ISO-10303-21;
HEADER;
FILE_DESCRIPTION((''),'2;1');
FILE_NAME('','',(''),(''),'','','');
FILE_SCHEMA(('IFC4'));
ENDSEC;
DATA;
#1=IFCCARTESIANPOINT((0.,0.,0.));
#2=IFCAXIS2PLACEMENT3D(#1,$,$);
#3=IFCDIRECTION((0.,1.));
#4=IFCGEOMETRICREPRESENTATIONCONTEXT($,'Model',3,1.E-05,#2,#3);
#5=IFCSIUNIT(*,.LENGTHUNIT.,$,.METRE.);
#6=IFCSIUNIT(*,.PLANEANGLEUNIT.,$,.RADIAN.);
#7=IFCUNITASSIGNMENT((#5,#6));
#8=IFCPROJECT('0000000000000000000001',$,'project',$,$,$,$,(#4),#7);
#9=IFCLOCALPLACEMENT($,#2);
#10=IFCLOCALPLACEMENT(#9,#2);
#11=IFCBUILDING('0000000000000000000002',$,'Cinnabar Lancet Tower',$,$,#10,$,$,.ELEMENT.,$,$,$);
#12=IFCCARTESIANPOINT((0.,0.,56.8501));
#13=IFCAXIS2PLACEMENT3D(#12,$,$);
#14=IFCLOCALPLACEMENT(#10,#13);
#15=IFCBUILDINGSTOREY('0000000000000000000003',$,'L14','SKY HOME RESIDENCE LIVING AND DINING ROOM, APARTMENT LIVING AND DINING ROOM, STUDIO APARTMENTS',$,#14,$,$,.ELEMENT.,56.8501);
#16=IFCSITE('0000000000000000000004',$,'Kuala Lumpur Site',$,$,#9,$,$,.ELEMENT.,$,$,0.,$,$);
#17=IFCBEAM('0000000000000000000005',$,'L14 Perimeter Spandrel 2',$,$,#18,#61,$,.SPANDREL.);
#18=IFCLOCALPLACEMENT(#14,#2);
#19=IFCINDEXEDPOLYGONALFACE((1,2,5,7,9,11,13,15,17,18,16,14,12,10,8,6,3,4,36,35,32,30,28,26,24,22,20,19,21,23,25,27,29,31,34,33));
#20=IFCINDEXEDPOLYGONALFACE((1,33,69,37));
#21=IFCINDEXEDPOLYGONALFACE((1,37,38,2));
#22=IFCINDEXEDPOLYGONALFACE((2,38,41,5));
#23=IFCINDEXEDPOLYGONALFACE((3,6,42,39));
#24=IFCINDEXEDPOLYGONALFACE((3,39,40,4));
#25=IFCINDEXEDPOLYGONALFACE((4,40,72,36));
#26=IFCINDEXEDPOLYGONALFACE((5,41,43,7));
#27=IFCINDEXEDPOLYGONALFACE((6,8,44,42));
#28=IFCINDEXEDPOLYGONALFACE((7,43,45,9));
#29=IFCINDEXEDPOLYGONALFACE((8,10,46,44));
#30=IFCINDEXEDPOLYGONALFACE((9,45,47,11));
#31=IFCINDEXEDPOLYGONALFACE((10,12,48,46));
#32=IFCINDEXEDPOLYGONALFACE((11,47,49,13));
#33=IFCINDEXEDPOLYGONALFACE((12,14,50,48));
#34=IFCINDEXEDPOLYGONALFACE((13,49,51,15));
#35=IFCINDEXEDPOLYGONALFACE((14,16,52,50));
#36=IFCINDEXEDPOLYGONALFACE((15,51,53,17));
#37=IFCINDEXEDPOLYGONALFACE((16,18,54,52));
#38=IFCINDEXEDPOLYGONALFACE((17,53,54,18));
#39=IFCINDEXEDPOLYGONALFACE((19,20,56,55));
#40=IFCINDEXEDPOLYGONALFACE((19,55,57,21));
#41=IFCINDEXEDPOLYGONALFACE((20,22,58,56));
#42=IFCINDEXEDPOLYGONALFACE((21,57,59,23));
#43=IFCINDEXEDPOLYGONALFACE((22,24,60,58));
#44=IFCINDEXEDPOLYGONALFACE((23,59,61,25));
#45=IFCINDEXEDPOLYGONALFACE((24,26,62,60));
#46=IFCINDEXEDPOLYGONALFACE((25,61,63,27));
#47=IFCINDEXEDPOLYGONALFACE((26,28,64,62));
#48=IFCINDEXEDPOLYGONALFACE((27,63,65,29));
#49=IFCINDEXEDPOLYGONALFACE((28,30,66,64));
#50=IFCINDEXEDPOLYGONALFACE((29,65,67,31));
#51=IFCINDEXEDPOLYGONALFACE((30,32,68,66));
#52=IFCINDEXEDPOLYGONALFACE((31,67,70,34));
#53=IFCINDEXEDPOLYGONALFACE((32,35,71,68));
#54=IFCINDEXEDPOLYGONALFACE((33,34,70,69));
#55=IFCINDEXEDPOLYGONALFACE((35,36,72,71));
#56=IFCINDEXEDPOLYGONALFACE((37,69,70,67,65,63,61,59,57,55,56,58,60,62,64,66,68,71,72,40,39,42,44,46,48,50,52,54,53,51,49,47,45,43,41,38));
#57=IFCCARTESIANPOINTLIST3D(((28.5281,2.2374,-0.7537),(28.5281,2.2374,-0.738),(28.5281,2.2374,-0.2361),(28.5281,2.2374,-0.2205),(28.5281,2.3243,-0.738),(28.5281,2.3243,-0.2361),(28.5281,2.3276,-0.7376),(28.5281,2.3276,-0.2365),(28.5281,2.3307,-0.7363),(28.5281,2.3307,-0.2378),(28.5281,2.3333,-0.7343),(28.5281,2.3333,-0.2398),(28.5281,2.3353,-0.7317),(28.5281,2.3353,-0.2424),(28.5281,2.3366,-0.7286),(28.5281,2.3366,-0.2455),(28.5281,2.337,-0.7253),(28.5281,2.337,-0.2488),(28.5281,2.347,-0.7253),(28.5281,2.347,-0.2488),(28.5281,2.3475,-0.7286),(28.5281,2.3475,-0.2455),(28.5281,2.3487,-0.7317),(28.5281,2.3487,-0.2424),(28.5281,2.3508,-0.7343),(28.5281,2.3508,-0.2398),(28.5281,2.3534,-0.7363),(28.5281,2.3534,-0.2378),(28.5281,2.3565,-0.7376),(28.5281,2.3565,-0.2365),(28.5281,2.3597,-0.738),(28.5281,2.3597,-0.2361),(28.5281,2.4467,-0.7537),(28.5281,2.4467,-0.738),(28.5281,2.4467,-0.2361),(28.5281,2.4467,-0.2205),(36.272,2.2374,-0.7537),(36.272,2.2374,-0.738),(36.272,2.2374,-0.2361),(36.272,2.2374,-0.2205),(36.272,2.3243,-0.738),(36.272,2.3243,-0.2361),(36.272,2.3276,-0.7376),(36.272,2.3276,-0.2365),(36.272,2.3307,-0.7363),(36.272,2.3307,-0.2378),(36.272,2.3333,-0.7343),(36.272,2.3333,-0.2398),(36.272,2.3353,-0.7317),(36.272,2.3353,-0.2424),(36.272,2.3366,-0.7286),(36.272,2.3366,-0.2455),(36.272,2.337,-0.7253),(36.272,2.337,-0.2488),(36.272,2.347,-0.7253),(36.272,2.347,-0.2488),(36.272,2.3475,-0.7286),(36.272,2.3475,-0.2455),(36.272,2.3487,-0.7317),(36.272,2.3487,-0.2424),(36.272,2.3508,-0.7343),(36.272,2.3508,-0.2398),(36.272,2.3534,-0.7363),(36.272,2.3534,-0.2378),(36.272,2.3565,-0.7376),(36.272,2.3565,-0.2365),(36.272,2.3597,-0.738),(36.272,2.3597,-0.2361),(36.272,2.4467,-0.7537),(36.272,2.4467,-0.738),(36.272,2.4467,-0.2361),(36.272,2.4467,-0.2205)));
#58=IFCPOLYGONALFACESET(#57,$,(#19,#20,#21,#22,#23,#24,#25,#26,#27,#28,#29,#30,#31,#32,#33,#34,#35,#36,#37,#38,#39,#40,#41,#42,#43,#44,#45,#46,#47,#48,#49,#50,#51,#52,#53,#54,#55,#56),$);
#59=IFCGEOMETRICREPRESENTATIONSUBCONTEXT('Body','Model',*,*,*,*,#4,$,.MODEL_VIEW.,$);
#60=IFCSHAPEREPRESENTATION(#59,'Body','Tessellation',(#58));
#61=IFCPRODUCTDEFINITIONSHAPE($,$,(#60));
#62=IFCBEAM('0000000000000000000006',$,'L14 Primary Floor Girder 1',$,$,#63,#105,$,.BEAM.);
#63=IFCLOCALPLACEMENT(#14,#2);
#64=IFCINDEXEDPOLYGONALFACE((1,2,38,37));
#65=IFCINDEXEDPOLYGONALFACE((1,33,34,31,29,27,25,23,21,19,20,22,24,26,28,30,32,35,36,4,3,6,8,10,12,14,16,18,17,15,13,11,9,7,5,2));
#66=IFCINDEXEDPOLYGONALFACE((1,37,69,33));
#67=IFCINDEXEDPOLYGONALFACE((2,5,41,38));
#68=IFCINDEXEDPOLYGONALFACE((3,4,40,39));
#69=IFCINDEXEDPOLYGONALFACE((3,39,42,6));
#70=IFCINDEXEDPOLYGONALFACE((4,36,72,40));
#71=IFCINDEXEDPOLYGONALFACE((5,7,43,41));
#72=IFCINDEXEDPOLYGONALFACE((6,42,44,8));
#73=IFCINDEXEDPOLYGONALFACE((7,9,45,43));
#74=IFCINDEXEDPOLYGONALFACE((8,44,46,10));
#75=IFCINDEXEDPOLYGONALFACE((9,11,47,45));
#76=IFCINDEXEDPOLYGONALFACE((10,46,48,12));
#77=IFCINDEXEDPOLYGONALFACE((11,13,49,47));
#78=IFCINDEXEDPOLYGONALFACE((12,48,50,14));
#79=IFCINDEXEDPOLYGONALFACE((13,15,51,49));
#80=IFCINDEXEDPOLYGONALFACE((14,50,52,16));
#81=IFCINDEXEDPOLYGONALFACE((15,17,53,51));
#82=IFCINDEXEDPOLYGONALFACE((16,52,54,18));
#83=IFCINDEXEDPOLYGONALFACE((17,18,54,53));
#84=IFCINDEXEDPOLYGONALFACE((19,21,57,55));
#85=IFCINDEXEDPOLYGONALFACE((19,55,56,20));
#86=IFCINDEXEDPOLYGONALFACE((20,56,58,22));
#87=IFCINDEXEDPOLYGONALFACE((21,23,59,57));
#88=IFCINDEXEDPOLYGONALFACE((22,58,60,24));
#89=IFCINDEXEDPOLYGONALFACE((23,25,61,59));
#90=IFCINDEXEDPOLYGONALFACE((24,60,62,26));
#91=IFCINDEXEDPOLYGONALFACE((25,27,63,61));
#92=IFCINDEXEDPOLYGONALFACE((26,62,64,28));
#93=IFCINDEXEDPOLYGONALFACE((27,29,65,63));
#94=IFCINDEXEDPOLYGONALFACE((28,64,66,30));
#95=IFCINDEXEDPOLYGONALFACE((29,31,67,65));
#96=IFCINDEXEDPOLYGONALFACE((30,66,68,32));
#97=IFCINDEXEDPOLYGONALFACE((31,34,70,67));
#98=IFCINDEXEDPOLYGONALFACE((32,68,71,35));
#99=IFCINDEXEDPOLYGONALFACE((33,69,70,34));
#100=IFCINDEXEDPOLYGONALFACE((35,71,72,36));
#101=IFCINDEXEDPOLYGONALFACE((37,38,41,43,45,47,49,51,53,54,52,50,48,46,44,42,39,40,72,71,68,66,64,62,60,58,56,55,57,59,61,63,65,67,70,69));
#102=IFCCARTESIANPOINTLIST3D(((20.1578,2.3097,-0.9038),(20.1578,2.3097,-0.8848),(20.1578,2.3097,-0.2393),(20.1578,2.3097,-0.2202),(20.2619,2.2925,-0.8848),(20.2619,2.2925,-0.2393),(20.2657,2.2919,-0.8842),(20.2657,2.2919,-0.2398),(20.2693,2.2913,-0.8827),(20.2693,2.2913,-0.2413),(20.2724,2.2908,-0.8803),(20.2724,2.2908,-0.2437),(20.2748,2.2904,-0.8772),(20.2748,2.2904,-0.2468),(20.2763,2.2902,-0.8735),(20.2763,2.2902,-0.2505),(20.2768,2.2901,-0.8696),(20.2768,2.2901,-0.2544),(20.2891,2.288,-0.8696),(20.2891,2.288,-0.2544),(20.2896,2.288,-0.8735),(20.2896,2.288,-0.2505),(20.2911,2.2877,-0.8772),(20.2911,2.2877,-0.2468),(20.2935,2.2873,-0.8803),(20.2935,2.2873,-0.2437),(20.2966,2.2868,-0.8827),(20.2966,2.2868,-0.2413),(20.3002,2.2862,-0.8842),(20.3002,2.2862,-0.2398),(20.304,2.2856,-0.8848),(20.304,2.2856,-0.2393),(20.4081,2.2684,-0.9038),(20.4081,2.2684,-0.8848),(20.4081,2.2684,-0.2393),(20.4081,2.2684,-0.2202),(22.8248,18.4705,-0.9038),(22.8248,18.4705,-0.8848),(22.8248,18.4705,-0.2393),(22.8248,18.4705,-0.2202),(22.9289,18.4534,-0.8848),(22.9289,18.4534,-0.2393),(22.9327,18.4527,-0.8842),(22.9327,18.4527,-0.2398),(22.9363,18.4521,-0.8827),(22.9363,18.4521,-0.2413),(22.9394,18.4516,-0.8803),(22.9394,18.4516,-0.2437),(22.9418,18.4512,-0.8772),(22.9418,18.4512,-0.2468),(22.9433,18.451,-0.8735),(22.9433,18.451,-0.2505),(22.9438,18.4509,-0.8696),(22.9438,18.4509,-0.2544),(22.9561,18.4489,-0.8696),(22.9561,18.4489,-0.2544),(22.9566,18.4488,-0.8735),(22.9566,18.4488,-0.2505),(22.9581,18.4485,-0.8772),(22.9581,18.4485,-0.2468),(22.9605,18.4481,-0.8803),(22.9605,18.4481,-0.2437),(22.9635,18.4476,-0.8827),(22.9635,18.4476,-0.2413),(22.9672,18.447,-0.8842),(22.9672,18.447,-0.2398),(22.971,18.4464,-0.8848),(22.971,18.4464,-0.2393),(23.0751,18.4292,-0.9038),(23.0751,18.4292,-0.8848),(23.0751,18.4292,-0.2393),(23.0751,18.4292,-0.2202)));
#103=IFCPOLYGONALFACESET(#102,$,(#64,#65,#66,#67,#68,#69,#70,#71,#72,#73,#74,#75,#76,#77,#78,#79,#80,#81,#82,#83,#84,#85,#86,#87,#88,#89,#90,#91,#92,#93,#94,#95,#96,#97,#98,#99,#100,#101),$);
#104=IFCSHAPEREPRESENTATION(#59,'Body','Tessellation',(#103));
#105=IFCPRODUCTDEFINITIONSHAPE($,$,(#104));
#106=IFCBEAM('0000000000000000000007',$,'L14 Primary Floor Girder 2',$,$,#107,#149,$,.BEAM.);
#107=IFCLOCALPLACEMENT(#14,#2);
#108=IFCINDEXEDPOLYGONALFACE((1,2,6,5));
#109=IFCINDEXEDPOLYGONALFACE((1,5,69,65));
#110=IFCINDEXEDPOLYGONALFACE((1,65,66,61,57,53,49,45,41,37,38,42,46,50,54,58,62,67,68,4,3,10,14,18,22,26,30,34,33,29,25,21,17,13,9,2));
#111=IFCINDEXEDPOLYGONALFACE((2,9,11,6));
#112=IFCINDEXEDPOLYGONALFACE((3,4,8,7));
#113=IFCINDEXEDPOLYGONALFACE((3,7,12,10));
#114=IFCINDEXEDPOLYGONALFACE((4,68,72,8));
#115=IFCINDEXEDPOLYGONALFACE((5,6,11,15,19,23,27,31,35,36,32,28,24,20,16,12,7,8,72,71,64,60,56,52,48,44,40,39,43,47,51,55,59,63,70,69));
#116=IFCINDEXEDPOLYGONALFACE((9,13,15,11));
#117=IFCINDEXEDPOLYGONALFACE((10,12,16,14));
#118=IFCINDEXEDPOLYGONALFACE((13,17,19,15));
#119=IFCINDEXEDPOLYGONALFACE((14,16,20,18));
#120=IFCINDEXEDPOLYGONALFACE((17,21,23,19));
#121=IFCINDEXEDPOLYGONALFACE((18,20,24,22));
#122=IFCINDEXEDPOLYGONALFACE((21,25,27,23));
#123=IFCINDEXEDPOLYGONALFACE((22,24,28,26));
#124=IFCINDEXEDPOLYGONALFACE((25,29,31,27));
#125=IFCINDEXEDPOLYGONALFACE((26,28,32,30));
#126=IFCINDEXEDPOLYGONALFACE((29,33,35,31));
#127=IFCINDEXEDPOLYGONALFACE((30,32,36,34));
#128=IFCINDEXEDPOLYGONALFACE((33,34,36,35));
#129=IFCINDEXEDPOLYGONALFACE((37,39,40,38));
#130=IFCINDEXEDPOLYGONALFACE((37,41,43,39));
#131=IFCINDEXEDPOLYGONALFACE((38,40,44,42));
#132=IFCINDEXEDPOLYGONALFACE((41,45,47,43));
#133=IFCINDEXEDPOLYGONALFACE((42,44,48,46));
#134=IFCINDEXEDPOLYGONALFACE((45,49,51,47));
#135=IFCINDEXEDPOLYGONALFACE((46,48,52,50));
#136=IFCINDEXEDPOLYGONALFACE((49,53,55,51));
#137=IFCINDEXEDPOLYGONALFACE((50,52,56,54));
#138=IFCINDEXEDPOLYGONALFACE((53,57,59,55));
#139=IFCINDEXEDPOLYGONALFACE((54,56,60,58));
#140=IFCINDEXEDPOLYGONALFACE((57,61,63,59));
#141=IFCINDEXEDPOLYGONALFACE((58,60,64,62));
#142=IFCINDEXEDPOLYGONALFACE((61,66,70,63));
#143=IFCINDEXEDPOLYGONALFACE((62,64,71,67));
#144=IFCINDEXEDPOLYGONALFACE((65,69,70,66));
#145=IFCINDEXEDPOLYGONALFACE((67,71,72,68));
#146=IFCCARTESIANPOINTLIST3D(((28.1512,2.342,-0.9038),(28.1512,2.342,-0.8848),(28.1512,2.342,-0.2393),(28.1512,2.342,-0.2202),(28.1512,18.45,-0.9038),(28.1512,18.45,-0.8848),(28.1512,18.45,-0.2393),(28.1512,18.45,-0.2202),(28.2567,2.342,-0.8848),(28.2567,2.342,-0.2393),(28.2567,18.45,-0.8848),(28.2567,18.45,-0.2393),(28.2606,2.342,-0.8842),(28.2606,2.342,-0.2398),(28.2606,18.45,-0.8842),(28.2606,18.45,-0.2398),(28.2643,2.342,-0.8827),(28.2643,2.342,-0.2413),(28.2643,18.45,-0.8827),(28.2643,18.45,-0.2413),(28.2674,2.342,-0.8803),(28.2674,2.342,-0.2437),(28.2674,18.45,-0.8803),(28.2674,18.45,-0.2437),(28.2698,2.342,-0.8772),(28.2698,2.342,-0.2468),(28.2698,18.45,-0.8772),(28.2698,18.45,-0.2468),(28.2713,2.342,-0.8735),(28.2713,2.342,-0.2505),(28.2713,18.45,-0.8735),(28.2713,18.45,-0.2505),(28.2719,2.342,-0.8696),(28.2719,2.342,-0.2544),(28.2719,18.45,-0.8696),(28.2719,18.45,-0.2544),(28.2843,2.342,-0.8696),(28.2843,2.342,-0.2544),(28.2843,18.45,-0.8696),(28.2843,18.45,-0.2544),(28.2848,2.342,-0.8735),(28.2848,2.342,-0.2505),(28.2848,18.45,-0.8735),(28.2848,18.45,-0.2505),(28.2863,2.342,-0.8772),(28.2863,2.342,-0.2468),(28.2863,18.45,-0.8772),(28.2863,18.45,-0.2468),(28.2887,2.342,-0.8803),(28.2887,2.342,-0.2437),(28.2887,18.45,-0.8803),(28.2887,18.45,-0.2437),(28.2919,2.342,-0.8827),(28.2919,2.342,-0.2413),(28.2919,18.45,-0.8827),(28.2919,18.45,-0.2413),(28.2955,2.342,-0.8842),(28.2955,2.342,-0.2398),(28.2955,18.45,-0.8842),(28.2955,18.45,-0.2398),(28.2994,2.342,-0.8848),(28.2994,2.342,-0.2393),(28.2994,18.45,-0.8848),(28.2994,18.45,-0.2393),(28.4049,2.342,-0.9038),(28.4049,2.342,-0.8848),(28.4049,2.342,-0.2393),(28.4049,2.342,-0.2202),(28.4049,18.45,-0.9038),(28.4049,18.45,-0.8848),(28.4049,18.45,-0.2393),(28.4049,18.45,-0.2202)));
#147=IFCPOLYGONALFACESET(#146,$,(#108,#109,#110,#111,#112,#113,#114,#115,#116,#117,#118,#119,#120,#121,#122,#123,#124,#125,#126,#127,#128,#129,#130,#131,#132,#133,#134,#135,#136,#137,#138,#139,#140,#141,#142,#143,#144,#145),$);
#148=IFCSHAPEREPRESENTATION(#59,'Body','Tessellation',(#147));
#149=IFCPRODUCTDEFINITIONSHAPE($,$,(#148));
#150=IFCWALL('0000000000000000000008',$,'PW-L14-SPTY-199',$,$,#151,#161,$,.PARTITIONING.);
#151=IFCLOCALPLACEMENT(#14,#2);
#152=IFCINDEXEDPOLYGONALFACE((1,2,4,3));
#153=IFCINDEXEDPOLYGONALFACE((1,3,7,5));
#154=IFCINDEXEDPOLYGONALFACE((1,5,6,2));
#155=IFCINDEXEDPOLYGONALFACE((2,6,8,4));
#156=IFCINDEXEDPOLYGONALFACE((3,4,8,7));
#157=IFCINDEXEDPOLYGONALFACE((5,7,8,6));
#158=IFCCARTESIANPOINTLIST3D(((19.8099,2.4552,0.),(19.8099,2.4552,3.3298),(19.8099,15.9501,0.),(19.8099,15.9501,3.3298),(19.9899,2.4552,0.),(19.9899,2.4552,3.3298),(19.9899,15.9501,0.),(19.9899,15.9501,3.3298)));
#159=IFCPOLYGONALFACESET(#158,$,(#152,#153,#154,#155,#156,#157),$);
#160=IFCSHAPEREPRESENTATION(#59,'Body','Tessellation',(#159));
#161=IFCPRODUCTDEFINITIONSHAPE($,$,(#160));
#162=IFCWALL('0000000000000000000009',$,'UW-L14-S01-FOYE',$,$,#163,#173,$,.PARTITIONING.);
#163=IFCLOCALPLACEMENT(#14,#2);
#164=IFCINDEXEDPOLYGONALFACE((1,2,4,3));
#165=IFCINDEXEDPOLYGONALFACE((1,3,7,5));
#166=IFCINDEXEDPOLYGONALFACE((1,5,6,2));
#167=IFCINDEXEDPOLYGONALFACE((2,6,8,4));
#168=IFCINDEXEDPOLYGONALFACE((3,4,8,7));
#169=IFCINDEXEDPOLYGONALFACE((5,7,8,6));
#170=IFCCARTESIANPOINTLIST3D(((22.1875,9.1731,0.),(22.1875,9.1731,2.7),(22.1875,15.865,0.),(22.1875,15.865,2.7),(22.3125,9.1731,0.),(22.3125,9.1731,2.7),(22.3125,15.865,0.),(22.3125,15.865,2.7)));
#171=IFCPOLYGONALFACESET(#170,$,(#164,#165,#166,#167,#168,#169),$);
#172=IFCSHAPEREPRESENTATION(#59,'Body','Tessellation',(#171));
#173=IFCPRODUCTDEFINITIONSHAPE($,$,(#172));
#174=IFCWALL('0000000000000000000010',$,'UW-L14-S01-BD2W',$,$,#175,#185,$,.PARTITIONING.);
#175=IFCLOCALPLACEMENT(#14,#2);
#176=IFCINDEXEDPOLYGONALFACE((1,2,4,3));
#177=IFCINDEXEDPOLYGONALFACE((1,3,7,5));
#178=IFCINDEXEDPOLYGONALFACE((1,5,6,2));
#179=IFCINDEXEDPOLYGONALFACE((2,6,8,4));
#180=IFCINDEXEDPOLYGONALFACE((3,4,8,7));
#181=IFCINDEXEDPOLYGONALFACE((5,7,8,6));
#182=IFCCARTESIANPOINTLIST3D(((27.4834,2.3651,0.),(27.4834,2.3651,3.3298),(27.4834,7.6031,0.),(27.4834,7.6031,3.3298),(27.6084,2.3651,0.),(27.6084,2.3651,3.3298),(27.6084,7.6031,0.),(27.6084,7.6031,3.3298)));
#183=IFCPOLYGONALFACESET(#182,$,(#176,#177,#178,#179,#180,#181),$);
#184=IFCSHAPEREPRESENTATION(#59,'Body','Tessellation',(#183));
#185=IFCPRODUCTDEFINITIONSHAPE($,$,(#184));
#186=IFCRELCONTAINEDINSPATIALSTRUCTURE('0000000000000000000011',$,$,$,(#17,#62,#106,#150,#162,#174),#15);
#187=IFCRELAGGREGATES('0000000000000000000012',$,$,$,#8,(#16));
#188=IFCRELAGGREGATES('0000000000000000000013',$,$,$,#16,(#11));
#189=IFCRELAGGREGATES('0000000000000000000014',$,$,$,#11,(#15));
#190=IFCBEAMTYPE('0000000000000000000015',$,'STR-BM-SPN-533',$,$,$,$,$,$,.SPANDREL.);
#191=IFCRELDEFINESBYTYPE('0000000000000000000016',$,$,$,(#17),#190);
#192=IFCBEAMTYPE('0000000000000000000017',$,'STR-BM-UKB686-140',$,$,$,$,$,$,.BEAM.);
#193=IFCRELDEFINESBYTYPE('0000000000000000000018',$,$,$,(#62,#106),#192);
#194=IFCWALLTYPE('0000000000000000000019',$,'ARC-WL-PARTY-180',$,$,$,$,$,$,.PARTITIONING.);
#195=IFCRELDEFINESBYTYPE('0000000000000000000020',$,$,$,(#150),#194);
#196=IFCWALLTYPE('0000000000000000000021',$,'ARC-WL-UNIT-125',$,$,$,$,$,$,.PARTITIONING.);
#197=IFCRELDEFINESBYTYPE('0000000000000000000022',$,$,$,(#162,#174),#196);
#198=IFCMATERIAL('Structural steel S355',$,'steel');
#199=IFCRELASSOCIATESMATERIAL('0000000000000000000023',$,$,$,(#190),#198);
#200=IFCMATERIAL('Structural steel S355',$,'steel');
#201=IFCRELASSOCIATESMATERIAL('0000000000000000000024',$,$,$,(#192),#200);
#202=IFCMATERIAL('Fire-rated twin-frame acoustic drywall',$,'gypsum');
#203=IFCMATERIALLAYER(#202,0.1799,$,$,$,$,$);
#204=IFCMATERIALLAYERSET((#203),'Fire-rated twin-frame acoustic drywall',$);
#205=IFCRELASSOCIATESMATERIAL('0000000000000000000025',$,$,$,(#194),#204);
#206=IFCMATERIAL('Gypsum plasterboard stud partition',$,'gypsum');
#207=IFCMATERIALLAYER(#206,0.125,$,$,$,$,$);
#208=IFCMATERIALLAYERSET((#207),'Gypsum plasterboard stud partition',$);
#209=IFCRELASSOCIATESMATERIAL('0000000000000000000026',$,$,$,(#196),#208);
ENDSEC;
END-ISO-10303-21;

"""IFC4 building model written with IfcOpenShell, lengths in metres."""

from ifc_helpers import new_model, si_unit, direction, frame, frame_2d, origin, origin_2d, place, context, subcontext, project, spatial, rectangle, i_section, extrude, material, layer, layer_set, material_profile, profile_set, type_object, element, save


model = new_model("IFC4")

# Units and contexts
model_context = context("Model", 3, precision=1e-05, world=origin(), true_north=direction((0.0, 1.0)))
body_context = subcontext(model_context, "Body", "Model", "MODEL_VIEW")
ifc_project = project(units=[si_unit("LENGTHUNIT", "METRE"), si_unit("PLANEANGLEUNIT", "RADIAN")], contexts=[model_context])

# Site, building, storey
site_placement = place(None, origin())
site = spatial("IfcSite", under=ifc_project, at=site_placement, Name="Kuala Lumpur Site", CompositionType="ELEMENT", RefElevation=0.0)
building_placement = place(site_placement, origin())
building = spatial("IfcBuilding", under=site, at=building_placement, Name="Cinnabar Lancet Tower", CompositionType="ELEMENT")
storey_placement = place(building_placement, frame((0.0, 0.0, 56.8501)))
storey = spatial("IfcBuildingStorey", under=building, at=storey_placement, Name="L14", Description="SKY HOME RESIDENCE LIVING AND DINING ROOM, APARTMENT LIVING AND DINING ROOM, STUDIO APARTMENTS", CompositionType="ELEMENT", Elevation=56.8501)

# Beams
ifc_material_1 = material(Name="Structural steel S355", Category="steel")
ifc_material_profile_1 = material_profile(ifc_material_1, i_section(OverallWidth=0.2092, OverallDepth=0.5332, WebThickness=0.01, FlangeThickness=0.0156, FilletRadius=0.0127, at=origin_2d()), Name="UKB 533x210x92")
ifc_profile_set_1 = profile_set([ifc_material_profile_1], Name="Structural steel S355")
beam_type_1 = type_object("IfcBeamType", Name="STR-BM-SPN-533", PredefinedType="SPANDREL", material=ifc_profile_set_1)
beam_1_placement = place(storey_placement, frame((28.5281, 2.342, -0.4871), z_axis=(1.0, 0.0, 0.0), x_axis=(0.0, 1.0, 0.0)))
element("IfcBeam", 1, at=beam_1_placement, inside=storey, type_object=beam_type_1, Name="L14 Perimeter Spandrel 2", PredefinedType="SPANDREL", context=body_context, shape_type="SweptSolid", body=[
    extrude(i_section(OverallWidth=0.2092, OverallDepth=0.5332, WebThickness=0.01, FlangeThickness=0.0156, FilletRadius=0.0127, at=origin_2d()), origin(), (0.0, 0.0, 1.0), 7.7439),
])
ifc_material_2 = material(Name="Structural steel S355", Category="steel")
ifc_material_profile_2 = material_profile(ifc_material_2, i_section(OverallWidth=0.2537, OverallDepth=0.6836, WebThickness=0.0125, FlangeThickness=0.019, FilletRadius=0.0151, at=origin_2d()), Name="UKB 686x254x140")
ifc_profile_set_2 = profile_set([ifc_material_profile_2], Name="Structural steel S355")
beam_type_2 = type_object("IfcBeamType", Name="STR-BM-UKB686-140", PredefinedType="BEAM", material=ifc_profile_set_2)
beam_2_placement = place(storey_placement, frame((20.283, 2.2891, -0.562), z_axis=(0.162825, 0.986655, 0.0), x_axis=(-0.986655, 0.162825, 0.0)))
element("IfcBeam", 2, at=beam_2_placement, inside=storey, type_object=beam_type_2, Name="L14 Primary Floor Girder 1", PredefinedType="BEAM", context=body_context, shape_type="SweptSolid", body=[
    extrude(i_section(OverallWidth=0.2537, OverallDepth=0.6836, WebThickness=0.0125, FlangeThickness=0.019, FilletRadius=0.0151, at=origin_2d()), origin(), (0.0, 0.0, 1.0), 16.3794),
])
beam_3_placement = place(storey_placement, frame((28.2781, 2.342, -0.562), z_axis=(0.0, 1.0, 0.0), x_axis=(-1.0, 0.0, 0.0)))
element("IfcBeam", 3, at=beam_3_placement, inside=storey, type_object=beam_type_2, Name="L14 Primary Floor Girder 2", PredefinedType="BEAM", context=body_context, shape_type="SweptSolid", body=[
    extrude(i_section(OverallWidth=0.2537, OverallDepth=0.6836, WebThickness=0.0125, FlangeThickness=0.019, FilletRadius=0.0151, at=origin_2d()), origin(), (0.0, 0.0, 1.0), 16.1079),
])

# Walls
ifc_material_3 = material(Name="Fire-rated twin-frame acoustic drywall", Category="gypsum")
ifc_layer_1 = layer(ifc_material_3, 0.1799)
ifc_layer_set_1 = layer_set([ifc_layer_1], Name="Fire-rated twin-frame acoustic drywall")
wall_type_1 = type_object("IfcWallType", Name="ARC-WL-PARTY-180", PredefinedType="PARTITIONING", material=ifc_layer_set_1)
wall_1_placement = place(storey_placement, frame((19.8999, 2.4551, 0.0), z_axis=(0.0, 0.0, 1.0), x_axis=(0.0, 1.0, 0.0)))
element("IfcWall", 4, at=wall_1_placement, inside=storey, type_object=wall_type_1, Name="PW-L14-SPTY-199", PredefinedType="PARTITIONING", context=body_context, shape_type="SweptSolid", body=[
    extrude(rectangle(XDim=13.4949, YDim=0.1799, at=frame_2d((6.7476, 0.0))), origin(), (0.0, 0.0, 1.0), 3.3298),
])
ifc_material_4 = material(Name="Gypsum plasterboard stud partition", Category="gypsum")
ifc_layer_2 = layer(ifc_material_4, 0.125)
ifc_layer_set_2 = layer_set([ifc_layer_2], Name="Gypsum plasterboard stud partition")
wall_type_2 = type_object("IfcWallType", Name="ARC-WL-UNIT-125", PredefinedType="PARTITIONING", material=ifc_layer_set_2)
wall_2_placement = place(storey_placement, frame((22.25, 9.1731, 0.0), z_axis=(0.0, 0.0, 1.0), x_axis=(0.0, 1.0, 0.0)))
element("IfcWall", 5, at=wall_2_placement, inside=storey, type_object=wall_type_2, Name="UW-L14-S01-FOYE", PredefinedType="PARTITIONING", context=body_context, shape_type="SweptSolid", body=[
    extrude(rectangle(XDim=6.6919, YDim=0.125, at=frame_2d((3.3459, 0.0))), origin(), (0.0, 0.0, 1.0), 2.7),
])
wall_3_placement = place(storey_placement, frame((27.5459, 2.365, 0.0), z_axis=(0.0, 0.0, 1.0), x_axis=(0.0, 1.0, 0.0)))
element("IfcWall", 6, at=wall_3_placement, inside=storey, type_object=wall_type_2, Name="UW-L14-S01-BD2W", PredefinedType="PARTITIONING", context=body_context, shape_type="SweptSolid", body=[
    extrude(rectangle(XDim=5.238, YDim=0.125, at=frame_2d((2.6191, 0.0))), origin(), (0.0, 0.0, 1.0), 3.3298),
])

save(model, "model.ifc")
